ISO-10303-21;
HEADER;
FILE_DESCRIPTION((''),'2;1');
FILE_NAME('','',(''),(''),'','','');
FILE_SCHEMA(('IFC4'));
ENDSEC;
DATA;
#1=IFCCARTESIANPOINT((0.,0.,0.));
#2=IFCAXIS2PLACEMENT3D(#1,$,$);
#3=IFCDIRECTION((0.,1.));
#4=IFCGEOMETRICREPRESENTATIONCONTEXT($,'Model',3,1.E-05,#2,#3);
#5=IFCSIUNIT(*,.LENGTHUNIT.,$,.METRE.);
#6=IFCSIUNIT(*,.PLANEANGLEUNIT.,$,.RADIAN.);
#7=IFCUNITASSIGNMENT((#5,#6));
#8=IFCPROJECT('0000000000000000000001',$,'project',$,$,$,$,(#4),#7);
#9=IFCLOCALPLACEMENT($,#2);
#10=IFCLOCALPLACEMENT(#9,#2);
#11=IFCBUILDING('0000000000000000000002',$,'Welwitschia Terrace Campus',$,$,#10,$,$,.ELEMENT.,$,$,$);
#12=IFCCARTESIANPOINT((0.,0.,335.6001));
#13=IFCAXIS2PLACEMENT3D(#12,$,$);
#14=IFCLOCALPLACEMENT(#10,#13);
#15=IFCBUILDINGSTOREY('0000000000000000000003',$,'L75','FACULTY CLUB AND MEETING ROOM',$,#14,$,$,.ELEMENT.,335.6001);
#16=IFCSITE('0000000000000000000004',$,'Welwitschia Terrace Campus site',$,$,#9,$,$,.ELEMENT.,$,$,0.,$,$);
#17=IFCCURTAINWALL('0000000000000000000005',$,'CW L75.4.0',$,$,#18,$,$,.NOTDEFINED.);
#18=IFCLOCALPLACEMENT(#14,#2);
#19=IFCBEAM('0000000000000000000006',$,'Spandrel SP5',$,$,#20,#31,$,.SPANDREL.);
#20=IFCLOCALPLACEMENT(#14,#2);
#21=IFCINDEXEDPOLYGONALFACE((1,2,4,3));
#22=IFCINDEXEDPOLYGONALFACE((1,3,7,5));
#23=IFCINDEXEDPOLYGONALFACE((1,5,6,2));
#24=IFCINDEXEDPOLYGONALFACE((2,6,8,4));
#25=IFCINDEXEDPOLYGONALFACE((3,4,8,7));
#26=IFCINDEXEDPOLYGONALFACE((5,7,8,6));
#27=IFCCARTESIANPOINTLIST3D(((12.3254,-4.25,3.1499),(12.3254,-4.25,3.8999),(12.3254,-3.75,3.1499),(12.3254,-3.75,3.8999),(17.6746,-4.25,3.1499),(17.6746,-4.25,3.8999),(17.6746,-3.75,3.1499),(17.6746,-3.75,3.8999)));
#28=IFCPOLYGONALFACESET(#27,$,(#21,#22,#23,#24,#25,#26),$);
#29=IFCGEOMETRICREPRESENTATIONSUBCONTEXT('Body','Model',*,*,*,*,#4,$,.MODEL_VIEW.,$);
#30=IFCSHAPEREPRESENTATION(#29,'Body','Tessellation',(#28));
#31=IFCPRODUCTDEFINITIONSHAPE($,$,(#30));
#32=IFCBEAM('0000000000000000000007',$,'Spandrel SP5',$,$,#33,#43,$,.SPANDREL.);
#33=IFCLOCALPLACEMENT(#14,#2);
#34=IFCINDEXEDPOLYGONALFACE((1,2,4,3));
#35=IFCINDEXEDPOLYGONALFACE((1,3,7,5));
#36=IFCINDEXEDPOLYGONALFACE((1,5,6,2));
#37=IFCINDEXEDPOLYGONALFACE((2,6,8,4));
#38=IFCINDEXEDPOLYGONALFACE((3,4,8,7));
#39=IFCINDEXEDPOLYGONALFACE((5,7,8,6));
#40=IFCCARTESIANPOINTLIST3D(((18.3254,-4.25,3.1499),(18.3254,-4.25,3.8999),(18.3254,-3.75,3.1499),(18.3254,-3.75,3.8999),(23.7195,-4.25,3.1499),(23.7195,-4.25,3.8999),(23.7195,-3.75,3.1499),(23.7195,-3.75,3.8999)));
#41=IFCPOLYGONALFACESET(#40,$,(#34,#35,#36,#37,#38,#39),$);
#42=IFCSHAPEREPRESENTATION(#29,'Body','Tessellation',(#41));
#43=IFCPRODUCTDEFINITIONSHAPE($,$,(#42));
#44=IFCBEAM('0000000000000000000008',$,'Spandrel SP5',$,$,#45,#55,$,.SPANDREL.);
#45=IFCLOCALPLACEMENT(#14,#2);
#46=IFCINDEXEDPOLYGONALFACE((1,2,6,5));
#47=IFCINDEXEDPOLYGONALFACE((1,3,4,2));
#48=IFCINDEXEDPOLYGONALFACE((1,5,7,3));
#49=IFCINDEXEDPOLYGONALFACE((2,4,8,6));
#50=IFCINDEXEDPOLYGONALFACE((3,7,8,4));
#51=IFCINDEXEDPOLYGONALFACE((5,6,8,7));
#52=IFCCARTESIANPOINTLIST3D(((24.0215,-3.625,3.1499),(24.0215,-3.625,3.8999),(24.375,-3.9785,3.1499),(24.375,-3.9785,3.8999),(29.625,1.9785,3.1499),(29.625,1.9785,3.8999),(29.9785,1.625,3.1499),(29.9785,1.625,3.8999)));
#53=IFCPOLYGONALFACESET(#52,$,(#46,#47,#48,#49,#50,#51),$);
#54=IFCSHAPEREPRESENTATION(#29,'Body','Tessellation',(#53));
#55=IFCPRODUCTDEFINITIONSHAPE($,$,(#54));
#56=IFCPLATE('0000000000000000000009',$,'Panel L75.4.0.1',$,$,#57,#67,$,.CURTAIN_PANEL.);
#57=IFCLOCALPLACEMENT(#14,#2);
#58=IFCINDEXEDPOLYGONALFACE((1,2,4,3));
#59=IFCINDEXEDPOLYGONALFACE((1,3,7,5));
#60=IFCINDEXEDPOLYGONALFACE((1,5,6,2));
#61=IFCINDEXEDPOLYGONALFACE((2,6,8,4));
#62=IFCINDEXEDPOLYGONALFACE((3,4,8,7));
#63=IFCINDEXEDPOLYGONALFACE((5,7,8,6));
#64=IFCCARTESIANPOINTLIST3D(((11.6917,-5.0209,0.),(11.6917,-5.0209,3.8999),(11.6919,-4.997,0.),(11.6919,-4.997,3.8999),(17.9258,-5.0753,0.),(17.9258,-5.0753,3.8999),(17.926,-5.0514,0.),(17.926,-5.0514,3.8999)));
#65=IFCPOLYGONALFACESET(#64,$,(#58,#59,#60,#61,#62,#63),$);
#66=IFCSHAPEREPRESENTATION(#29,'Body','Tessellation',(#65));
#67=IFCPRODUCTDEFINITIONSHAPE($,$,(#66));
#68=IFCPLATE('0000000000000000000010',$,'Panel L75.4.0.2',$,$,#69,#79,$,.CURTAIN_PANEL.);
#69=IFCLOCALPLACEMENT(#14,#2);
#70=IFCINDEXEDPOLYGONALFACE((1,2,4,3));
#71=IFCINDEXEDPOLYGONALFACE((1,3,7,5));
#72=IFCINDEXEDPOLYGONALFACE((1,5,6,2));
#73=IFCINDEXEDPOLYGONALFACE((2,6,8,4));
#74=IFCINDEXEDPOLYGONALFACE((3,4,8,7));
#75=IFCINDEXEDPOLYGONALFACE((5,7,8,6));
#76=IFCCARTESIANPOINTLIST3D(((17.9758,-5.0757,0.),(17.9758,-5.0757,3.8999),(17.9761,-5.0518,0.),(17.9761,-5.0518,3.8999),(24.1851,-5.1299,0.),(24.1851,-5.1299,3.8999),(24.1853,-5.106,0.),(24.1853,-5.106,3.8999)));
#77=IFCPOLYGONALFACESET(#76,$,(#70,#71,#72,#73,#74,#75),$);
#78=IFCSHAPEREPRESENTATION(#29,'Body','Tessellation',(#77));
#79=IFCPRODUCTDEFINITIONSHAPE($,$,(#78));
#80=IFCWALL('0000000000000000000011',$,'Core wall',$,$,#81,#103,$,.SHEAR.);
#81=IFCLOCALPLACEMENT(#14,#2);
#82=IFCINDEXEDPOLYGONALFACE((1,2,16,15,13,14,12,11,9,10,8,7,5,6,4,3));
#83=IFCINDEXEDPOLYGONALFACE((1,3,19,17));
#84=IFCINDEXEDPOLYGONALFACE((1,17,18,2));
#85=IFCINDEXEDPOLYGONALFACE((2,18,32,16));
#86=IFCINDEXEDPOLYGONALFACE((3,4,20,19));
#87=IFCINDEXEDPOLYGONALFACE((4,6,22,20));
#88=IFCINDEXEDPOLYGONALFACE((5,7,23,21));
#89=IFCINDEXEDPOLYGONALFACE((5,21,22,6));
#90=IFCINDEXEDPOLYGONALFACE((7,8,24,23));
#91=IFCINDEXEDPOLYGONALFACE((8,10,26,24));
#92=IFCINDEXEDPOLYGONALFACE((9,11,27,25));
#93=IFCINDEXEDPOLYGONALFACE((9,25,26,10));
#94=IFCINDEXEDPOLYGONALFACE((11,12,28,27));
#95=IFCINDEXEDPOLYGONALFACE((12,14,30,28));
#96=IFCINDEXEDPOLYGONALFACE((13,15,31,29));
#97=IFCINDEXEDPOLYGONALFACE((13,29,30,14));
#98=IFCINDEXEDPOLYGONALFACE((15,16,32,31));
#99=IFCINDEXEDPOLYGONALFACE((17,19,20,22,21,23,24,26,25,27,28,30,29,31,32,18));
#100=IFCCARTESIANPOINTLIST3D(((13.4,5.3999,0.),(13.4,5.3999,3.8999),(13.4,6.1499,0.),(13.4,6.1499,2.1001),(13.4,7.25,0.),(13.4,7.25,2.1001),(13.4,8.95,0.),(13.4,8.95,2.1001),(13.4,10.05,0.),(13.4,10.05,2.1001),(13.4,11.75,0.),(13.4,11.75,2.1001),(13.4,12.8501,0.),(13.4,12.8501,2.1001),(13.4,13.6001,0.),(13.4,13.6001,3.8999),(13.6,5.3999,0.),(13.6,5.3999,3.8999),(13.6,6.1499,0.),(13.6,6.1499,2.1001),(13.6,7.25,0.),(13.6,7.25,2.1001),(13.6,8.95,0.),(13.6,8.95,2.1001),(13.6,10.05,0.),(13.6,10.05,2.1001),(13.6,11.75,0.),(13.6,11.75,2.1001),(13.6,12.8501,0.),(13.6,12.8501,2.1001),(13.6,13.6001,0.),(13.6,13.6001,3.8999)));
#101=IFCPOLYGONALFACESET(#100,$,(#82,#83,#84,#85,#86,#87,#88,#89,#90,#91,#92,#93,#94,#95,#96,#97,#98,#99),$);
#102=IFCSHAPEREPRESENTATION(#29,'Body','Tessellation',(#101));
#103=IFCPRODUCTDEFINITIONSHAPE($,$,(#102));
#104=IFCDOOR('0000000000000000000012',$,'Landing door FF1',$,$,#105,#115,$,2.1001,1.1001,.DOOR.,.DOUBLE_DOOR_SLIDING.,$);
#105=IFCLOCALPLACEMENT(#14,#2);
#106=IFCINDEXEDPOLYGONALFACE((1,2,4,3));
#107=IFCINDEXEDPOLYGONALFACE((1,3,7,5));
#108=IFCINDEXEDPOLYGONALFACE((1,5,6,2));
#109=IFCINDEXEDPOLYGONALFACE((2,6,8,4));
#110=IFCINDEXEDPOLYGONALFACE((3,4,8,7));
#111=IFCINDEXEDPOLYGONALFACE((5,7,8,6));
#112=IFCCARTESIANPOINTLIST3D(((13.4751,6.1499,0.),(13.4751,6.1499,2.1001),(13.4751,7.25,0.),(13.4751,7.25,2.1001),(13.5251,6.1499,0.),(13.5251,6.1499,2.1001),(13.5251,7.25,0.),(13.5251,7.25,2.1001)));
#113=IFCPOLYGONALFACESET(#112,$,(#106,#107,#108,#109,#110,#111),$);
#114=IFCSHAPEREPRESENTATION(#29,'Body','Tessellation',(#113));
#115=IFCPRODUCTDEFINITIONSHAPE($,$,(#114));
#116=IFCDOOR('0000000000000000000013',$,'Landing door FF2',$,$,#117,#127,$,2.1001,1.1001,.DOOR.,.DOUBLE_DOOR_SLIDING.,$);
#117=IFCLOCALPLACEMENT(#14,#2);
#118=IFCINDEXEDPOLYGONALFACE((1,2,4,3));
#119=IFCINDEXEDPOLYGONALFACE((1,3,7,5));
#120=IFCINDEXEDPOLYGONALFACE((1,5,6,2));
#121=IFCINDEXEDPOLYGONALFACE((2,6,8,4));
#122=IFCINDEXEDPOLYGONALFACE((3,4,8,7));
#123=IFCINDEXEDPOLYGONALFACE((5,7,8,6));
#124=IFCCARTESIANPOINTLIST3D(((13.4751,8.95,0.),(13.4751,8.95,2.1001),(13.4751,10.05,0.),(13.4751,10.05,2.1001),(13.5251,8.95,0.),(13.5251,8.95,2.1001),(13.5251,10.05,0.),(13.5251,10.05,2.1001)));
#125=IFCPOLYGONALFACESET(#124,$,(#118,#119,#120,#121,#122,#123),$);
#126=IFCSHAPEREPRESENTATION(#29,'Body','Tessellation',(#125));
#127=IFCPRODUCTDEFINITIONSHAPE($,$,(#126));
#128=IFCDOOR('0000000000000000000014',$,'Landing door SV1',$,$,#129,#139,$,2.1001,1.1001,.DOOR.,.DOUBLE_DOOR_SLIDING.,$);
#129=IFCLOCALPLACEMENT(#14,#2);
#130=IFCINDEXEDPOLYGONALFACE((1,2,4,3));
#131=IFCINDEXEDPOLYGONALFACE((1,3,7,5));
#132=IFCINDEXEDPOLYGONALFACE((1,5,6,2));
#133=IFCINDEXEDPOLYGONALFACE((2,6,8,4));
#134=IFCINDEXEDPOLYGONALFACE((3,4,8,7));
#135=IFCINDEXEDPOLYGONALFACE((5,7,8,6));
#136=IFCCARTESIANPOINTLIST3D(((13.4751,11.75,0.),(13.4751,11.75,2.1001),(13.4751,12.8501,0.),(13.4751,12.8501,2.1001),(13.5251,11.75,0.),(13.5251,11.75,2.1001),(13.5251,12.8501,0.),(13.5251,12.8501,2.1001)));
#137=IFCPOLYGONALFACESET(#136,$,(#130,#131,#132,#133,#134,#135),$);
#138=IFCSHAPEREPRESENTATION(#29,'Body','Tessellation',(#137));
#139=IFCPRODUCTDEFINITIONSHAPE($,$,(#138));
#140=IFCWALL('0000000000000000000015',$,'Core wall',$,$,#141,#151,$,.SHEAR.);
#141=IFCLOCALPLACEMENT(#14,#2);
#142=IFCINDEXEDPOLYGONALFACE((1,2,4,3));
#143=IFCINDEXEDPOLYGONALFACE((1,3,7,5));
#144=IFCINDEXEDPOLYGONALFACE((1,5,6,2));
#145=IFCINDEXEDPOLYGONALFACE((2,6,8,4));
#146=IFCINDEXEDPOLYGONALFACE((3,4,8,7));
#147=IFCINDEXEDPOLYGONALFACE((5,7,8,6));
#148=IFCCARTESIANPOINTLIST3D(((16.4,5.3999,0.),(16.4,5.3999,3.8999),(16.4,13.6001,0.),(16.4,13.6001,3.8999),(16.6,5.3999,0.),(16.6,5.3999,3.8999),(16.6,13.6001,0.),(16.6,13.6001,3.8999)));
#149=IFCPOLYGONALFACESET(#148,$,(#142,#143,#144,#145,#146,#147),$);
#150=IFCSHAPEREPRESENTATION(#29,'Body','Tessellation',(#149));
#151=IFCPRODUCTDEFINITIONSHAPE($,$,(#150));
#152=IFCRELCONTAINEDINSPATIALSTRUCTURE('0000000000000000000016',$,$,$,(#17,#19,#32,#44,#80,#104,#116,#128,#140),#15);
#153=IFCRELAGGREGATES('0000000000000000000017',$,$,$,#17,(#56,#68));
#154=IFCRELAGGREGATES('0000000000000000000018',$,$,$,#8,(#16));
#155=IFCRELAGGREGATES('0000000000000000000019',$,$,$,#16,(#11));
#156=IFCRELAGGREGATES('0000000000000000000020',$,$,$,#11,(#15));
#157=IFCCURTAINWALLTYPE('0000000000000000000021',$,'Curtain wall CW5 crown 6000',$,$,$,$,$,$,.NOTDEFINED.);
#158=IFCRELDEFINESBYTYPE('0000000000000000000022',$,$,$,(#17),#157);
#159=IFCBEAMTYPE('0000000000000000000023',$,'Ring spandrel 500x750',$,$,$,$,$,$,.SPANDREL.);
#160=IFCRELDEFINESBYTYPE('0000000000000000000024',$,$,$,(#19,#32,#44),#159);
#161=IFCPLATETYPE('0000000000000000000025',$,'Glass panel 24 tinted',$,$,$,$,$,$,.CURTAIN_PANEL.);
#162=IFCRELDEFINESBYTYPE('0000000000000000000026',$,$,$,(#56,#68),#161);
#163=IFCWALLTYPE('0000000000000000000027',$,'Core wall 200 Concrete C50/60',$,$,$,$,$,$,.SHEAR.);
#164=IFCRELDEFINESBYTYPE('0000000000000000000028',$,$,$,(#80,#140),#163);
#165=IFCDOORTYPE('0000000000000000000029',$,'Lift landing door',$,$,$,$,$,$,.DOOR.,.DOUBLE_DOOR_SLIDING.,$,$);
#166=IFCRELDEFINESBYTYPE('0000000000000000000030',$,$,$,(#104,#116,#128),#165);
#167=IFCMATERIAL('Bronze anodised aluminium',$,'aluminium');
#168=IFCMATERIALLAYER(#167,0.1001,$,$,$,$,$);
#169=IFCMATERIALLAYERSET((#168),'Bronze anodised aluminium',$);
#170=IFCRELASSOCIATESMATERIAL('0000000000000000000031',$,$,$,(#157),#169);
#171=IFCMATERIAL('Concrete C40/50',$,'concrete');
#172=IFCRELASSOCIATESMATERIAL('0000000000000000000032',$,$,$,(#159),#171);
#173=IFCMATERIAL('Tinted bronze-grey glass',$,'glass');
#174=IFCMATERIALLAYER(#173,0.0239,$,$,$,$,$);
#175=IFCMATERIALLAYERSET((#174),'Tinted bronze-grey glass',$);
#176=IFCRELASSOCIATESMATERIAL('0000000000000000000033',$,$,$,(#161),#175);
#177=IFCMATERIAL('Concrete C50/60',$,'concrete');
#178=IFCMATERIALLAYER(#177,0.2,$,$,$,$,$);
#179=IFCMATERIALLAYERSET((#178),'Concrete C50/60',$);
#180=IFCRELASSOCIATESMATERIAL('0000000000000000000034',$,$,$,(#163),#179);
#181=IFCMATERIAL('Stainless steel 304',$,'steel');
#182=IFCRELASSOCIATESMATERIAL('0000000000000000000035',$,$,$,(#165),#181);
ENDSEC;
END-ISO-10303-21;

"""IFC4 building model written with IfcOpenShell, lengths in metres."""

from ifc_helpers import new_model, si_unit, direction, frame, frame_2d, origin, origin_2d, place, context, subcontext, project, spatial, rectangle, extrude, material, layer, layer_set, material_profile, profile_set, type_object, element, fill, aggregate, save


model = new_model("IFC4")

# Units and contexts
model_context = context("Model", 3, precision=1e-05, world=origin(), true_north=direction((0.0, 1.0)))
body_context = subcontext(model_context, "Body", "Model", "MODEL_VIEW")
ifc_project = project(units=[si_unit("LENGTHUNIT", "METRE"), si_unit("PLANEANGLEUNIT", "RADIAN")], contexts=[model_context])

# Site, building, storey
site_placement = place(None, origin())
site = spatial("IfcSite", under=ifc_project, at=site_placement, Name="Welwitschia Terrace Campus site", CompositionType="ELEMENT", RefElevation=0.0)
building_placement = place(site_placement, origin())
building = spatial("IfcBuilding", under=site, at=building_placement, Name="Welwitschia Terrace Campus", CompositionType="ELEMENT")
storey_placement = place(building_placement, frame((0.0, 0.0, 335.6001)))
storey = spatial("IfcBuildingStorey", under=building, at=storey_placement, Name="L75", Description="FACULTY CLUB AND MEETING ROOM", CompositionType="ELEMENT", Elevation=335.6001)

# Curtain wall
ifc_material_1 = material(Name="Bronze anodised aluminium", Category="aluminium")
ifc_layer_1 = layer(ifc_material_1, 0.1001)
ifc_layer_set_1 = layer_set([ifc_layer_1], Name="Bronze anodised aluminium")
curtain_wall_type = type_object("IfcCurtainWallType", Name="Curtain wall CW5 crown 6000", PredefinedType="NOTDEFINED", material=ifc_layer_set_1)
curtain_wall_placement = place(storey_placement, origin())
curtain_wall = element("IfcCurtainWall", 1, at=curtain_wall_placement, inside=storey, type_object=curtain_wall_type, Name="CW L75.4.0", PredefinedType="NOTDEFINED")

# Beams
ifc_material_2 = material(Name="Concrete C40/50", Category="concrete")
ifc_material_profile_1 = material_profile(ifc_material_2, rectangle(XDim=0.5, YDim=0.75, at=origin_2d()))
ifc_profile_set_1 = profile_set([ifc_material_profile_1], Name="Concrete C40/50")
beam_type_1 = type_object("IfcBeamType", Name="Ring spandrel 500x750", PredefinedType="SPANDREL", material=ifc_profile_set_1)
beam_1_placement = place(storey_placement, frame((12.3254, -4.0, 3.5249), z_axis=(1.0, 0.0, 0.0), x_axis=(0.0, 1.0, 0.0)))
element("IfcBeam", 2, at=beam_1_placement, inside=storey, type_object=beam_type_1, Name="Spandrel SP5", PredefinedType="SPANDREL", context=body_context, shape_type="SweptSolid", body=[
    extrude(rectangle(XDim=0.5, YDim=0.75, at=origin_2d()), origin(), (0.0, 0.0, 1.0), 5.3491),
])
beam_2_placement = place(storey_placement, frame((18.3254, -4.0, 3.5249), z_axis=(1.0, 0.0, 0.0), x_axis=(0.0, 1.0, 0.0)))
element("IfcBeam", 3, at=beam_2_placement, inside=storey, type_object=beam_type_1, Name="Spandrel SP5", PredefinedType="SPANDREL", context=body_context, shape_type="SweptSolid", body=[
    extrude(rectangle(XDim=0.5, YDim=0.75, at=origin_2d()), origin(), (0.0, 0.0, 1.0), 5.394),
])
beam_3_placement = place(storey_placement, frame((24.1982, -3.8018, 3.5249), z_axis=(0.707107, 0.707107, 0.0), x_axis=(-0.707107, 0.707107, 0.0)))
element("IfcBeam", 4, at=beam_3_placement, inside=storey, type_object=beam_type_1, Name="Spandrel SP5", PredefinedType="SPANDREL", context=body_context, shape_type="SweptSolid", body=[
    extrude(rectangle(XDim=0.5, YDim=0.75, at=origin_2d()), origin(), (0.0, 0.0, 1.0), 7.9246),
])

# Plates
ifc_material_3 = material(Name="Tinted bronze-grey glass", Category="glass")
ifc_layer_2 = layer(ifc_material_3, 0.0239)
ifc_layer_set_2 = layer_set([ifc_layer_2], Name="Tinted bronze-grey glass")
plate_type = type_object("IfcPlateType", Name="Glass panel 24 tinted", PredefinedType="CURTAIN_PANEL", material=ifc_layer_set_2)
plate_1_placement = place(storey_placement, frame((14.8088, -5.0361, 0.0), z_axis=(0.0, 0.0, 1.0), x_axis=(0.999962, -0.008727, 0.0)))
plate_1 = element("IfcPlate", 5, at=plate_1_placement, type_object=plate_type, Name="Panel L75.4.0.1", PredefinedType="CURTAIN_PANEL", context=body_context, shape_type="SweptSolid", body=[
    extrude(rectangle(XDim=6.2344, YDim=0.0239, at=origin_2d()), origin(), (0.0, 0.0, 1.0), 3.8999),
])
plate_2_placement = place(storey_placement, frame((21.0806, -5.0908, 0.0), z_axis=(0.0, 0.0, 1.0), x_axis=(0.999962, -0.008727, 0.0)))
plate_2 = element("IfcPlate", 6, at=plate_2_placement, type_object=plate_type, Name="Panel L75.4.0.2", PredefinedType="CURTAIN_PANEL", context=body_context, shape_type="SweptSolid", body=[
    extrude(rectangle(XDim=6.2095, YDim=0.0239, at=origin_2d()), origin(), (0.0, 0.0, 1.0), 3.8999),
])
aggregate(curtain_wall, [plate_1, plate_2])

# Wall, openings, doors
ifc_material_4 = material(Name="Concrete C50/60", Category="concrete")
ifc_layer_3 = layer(ifc_material_4, 0.2)
ifc_layer_set_3 = layer_set([ifc_layer_3], Name="Concrete C50/60")
wall_type_1 = type_object("IfcWallType", Name="Core wall 200 Concrete C50/60", PredefinedType="SHEAR", material=ifc_layer_set_3)
wall_1_placement = place(storey_placement, frame((13.5, 5.3999, 0.0), z_axis=(0.0, 0.0, 1.0), x_axis=(0.0, 1.0, 0.0)))
wall_1 = element("IfcWall", 7, at=wall_1_placement, inside=storey, type_object=wall_type_1, Name="Core wall", PredefinedType="SHEAR", context=body_context, shape_type="SweptSolid", body=[
    extrude(rectangle(XDim=8.2002, YDim=0.2, at=frame_2d((4.1001, 0.0))), origin(), (0.0, 0.0, 1.0), 3.8999),
])
opening_1_placement = place(wall_1_placement, frame((0.75, 0.0, 0.0)))
opening_1 = element("IfcOpeningElement", 8, at=opening_1_placement, cuts=wall_1, PredefinedType="OPENING", context=body_context, shape_type="SweptSolid", body=[
    extrude(rectangle(XDim=1.1001, YDim=2.1001, at=frame_2d((0.55, 1.05))), frame((0.0, 0.1099, 0.0), z_axis=(0.0, -1.0, 0.0), x_axis=(1.0, 0.0, 0.0)), (0.0, 0.0, 1.0), 0.22),
])
opening_2_placement = place(wall_1_placement, frame((3.55, 0.0, 0.0)))
opening_2 = element("IfcOpeningElement", 9, at=opening_2_placement, cuts=wall_1, PredefinedType="OPENING", context=body_context, shape_type="SweptSolid", body=[
    extrude(rectangle(XDim=1.1001, YDim=2.1001, at=frame_2d((0.55, 1.05))), frame((0.0, 0.1099, 0.0), z_axis=(0.0, -1.0, 0.0), x_axis=(1.0, 0.0, 0.0)), (0.0, 0.0, 1.0), 0.22),
])
opening_3_placement = place(wall_1_placement, frame((6.3501, 0.0, 0.0)))
opening_3 = element("IfcOpeningElement", 10, at=opening_3_placement, cuts=wall_1, PredefinedType="OPENING", context=body_context, shape_type="SweptSolid", body=[
    extrude(rectangle(XDim=1.1001, YDim=2.1001, at=frame_2d((0.55, 1.05))), frame((0.0, 0.1099, 0.0), z_axis=(0.0, -1.0, 0.0), x_axis=(1.0, 0.0, 0.0)), (0.0, 0.0, 1.0), 0.22),
])
ifc_material_5 = material(Name="Stainless steel 304", Category="steel")
door_type_1 = type_object("IfcDoorType", Name="Lift landing door", OperationType="DOUBLE_DOOR_SLIDING", PredefinedType="DOOR", material=ifc_material_5)
door_1_placement = place(opening_1_placement, origin())
door_1 = element("IfcDoor", 11, at=door_1_placement, inside=storey, type_object=door_type_1, Name="Landing door FF1", OperationType="DOUBLE_DOOR_SLIDING", OverallHeight=2.1001, OverallWidth=1.1001, PredefinedType="DOOR", context=body_context, shape_type="SweptSolid", body=[
    extrude(rectangle(XDim=1.1001, YDim=2.1001, at=frame_2d((0.55, 1.05))), frame((0.0, 0.0249, 0.0), z_axis=(0.0, -1.0, 0.0), x_axis=(1.0, 0.0, 0.0)), (0.0, 0.0, 1.0), 0.05),
])
fill(opening_1, door_1)
door_2_placement = place(opening_2_placement, origin())
door_2 = element("IfcDoor", 12, at=door_2_placement, inside=storey, type_object=door_type_1, Name="Landing door FF2", OperationType="DOUBLE_DOOR_SLIDING", OverallHeight=2.1001, OverallWidth=1.1001, PredefinedType="DOOR", context=body_context, shape_type="SweptSolid", body=[
    extrude(rectangle(XDim=1.1001, YDim=2.1001, at=frame_2d((0.55, 1.05))), frame((0.0, 0.0249, 0.0), z_axis=(0.0, -1.0, 0.0), x_axis=(1.0, 0.0, 0.0)), (0.0, 0.0, 1.0), 0.05),
])
fill(opening_2, door_2)
door_3_placement = place(opening_3_placement, origin())
door_3 = element("IfcDoor", 13, at=door_3_placement, inside=storey, type_object=door_type_1, Name="Landing door SV1", OperationType="DOUBLE_DOOR_SLIDING", OverallHeight=2.1001, OverallWidth=1.1001, PredefinedType="DOOR", context=body_context, shape_type="SweptSolid", body=[
    extrude(rectangle(XDim=1.1001, YDim=2.1001, at=frame_2d((0.55, 1.05))), frame((0.0, 0.0249, 0.0), z_axis=(0.0, -1.0, 0.0), x_axis=(1.0, 0.0, 0.0)), (0.0, 0.0, 1.0), 0.05),
])
fill(opening_3, door_3)

# Wall
wall_2_placement = place(storey_placement, frame((16.5, 5.3999, 0.0), z_axis=(0.0, 0.0, 1.0), x_axis=(0.0, 1.0, 0.0)))
element("IfcWall", 14, at=wall_2_placement, inside=storey, type_object=wall_type_1, Name="Core wall", PredefinedType="SHEAR", context=body_context, shape_type="SweptSolid", body=[
    extrude(rectangle(XDim=8.2002, YDim=0.2, at=frame_2d((4.1001, 0.0))), origin(), (0.0, 0.0, 1.0), 3.8999),
])

save(model, "model.ifc")
